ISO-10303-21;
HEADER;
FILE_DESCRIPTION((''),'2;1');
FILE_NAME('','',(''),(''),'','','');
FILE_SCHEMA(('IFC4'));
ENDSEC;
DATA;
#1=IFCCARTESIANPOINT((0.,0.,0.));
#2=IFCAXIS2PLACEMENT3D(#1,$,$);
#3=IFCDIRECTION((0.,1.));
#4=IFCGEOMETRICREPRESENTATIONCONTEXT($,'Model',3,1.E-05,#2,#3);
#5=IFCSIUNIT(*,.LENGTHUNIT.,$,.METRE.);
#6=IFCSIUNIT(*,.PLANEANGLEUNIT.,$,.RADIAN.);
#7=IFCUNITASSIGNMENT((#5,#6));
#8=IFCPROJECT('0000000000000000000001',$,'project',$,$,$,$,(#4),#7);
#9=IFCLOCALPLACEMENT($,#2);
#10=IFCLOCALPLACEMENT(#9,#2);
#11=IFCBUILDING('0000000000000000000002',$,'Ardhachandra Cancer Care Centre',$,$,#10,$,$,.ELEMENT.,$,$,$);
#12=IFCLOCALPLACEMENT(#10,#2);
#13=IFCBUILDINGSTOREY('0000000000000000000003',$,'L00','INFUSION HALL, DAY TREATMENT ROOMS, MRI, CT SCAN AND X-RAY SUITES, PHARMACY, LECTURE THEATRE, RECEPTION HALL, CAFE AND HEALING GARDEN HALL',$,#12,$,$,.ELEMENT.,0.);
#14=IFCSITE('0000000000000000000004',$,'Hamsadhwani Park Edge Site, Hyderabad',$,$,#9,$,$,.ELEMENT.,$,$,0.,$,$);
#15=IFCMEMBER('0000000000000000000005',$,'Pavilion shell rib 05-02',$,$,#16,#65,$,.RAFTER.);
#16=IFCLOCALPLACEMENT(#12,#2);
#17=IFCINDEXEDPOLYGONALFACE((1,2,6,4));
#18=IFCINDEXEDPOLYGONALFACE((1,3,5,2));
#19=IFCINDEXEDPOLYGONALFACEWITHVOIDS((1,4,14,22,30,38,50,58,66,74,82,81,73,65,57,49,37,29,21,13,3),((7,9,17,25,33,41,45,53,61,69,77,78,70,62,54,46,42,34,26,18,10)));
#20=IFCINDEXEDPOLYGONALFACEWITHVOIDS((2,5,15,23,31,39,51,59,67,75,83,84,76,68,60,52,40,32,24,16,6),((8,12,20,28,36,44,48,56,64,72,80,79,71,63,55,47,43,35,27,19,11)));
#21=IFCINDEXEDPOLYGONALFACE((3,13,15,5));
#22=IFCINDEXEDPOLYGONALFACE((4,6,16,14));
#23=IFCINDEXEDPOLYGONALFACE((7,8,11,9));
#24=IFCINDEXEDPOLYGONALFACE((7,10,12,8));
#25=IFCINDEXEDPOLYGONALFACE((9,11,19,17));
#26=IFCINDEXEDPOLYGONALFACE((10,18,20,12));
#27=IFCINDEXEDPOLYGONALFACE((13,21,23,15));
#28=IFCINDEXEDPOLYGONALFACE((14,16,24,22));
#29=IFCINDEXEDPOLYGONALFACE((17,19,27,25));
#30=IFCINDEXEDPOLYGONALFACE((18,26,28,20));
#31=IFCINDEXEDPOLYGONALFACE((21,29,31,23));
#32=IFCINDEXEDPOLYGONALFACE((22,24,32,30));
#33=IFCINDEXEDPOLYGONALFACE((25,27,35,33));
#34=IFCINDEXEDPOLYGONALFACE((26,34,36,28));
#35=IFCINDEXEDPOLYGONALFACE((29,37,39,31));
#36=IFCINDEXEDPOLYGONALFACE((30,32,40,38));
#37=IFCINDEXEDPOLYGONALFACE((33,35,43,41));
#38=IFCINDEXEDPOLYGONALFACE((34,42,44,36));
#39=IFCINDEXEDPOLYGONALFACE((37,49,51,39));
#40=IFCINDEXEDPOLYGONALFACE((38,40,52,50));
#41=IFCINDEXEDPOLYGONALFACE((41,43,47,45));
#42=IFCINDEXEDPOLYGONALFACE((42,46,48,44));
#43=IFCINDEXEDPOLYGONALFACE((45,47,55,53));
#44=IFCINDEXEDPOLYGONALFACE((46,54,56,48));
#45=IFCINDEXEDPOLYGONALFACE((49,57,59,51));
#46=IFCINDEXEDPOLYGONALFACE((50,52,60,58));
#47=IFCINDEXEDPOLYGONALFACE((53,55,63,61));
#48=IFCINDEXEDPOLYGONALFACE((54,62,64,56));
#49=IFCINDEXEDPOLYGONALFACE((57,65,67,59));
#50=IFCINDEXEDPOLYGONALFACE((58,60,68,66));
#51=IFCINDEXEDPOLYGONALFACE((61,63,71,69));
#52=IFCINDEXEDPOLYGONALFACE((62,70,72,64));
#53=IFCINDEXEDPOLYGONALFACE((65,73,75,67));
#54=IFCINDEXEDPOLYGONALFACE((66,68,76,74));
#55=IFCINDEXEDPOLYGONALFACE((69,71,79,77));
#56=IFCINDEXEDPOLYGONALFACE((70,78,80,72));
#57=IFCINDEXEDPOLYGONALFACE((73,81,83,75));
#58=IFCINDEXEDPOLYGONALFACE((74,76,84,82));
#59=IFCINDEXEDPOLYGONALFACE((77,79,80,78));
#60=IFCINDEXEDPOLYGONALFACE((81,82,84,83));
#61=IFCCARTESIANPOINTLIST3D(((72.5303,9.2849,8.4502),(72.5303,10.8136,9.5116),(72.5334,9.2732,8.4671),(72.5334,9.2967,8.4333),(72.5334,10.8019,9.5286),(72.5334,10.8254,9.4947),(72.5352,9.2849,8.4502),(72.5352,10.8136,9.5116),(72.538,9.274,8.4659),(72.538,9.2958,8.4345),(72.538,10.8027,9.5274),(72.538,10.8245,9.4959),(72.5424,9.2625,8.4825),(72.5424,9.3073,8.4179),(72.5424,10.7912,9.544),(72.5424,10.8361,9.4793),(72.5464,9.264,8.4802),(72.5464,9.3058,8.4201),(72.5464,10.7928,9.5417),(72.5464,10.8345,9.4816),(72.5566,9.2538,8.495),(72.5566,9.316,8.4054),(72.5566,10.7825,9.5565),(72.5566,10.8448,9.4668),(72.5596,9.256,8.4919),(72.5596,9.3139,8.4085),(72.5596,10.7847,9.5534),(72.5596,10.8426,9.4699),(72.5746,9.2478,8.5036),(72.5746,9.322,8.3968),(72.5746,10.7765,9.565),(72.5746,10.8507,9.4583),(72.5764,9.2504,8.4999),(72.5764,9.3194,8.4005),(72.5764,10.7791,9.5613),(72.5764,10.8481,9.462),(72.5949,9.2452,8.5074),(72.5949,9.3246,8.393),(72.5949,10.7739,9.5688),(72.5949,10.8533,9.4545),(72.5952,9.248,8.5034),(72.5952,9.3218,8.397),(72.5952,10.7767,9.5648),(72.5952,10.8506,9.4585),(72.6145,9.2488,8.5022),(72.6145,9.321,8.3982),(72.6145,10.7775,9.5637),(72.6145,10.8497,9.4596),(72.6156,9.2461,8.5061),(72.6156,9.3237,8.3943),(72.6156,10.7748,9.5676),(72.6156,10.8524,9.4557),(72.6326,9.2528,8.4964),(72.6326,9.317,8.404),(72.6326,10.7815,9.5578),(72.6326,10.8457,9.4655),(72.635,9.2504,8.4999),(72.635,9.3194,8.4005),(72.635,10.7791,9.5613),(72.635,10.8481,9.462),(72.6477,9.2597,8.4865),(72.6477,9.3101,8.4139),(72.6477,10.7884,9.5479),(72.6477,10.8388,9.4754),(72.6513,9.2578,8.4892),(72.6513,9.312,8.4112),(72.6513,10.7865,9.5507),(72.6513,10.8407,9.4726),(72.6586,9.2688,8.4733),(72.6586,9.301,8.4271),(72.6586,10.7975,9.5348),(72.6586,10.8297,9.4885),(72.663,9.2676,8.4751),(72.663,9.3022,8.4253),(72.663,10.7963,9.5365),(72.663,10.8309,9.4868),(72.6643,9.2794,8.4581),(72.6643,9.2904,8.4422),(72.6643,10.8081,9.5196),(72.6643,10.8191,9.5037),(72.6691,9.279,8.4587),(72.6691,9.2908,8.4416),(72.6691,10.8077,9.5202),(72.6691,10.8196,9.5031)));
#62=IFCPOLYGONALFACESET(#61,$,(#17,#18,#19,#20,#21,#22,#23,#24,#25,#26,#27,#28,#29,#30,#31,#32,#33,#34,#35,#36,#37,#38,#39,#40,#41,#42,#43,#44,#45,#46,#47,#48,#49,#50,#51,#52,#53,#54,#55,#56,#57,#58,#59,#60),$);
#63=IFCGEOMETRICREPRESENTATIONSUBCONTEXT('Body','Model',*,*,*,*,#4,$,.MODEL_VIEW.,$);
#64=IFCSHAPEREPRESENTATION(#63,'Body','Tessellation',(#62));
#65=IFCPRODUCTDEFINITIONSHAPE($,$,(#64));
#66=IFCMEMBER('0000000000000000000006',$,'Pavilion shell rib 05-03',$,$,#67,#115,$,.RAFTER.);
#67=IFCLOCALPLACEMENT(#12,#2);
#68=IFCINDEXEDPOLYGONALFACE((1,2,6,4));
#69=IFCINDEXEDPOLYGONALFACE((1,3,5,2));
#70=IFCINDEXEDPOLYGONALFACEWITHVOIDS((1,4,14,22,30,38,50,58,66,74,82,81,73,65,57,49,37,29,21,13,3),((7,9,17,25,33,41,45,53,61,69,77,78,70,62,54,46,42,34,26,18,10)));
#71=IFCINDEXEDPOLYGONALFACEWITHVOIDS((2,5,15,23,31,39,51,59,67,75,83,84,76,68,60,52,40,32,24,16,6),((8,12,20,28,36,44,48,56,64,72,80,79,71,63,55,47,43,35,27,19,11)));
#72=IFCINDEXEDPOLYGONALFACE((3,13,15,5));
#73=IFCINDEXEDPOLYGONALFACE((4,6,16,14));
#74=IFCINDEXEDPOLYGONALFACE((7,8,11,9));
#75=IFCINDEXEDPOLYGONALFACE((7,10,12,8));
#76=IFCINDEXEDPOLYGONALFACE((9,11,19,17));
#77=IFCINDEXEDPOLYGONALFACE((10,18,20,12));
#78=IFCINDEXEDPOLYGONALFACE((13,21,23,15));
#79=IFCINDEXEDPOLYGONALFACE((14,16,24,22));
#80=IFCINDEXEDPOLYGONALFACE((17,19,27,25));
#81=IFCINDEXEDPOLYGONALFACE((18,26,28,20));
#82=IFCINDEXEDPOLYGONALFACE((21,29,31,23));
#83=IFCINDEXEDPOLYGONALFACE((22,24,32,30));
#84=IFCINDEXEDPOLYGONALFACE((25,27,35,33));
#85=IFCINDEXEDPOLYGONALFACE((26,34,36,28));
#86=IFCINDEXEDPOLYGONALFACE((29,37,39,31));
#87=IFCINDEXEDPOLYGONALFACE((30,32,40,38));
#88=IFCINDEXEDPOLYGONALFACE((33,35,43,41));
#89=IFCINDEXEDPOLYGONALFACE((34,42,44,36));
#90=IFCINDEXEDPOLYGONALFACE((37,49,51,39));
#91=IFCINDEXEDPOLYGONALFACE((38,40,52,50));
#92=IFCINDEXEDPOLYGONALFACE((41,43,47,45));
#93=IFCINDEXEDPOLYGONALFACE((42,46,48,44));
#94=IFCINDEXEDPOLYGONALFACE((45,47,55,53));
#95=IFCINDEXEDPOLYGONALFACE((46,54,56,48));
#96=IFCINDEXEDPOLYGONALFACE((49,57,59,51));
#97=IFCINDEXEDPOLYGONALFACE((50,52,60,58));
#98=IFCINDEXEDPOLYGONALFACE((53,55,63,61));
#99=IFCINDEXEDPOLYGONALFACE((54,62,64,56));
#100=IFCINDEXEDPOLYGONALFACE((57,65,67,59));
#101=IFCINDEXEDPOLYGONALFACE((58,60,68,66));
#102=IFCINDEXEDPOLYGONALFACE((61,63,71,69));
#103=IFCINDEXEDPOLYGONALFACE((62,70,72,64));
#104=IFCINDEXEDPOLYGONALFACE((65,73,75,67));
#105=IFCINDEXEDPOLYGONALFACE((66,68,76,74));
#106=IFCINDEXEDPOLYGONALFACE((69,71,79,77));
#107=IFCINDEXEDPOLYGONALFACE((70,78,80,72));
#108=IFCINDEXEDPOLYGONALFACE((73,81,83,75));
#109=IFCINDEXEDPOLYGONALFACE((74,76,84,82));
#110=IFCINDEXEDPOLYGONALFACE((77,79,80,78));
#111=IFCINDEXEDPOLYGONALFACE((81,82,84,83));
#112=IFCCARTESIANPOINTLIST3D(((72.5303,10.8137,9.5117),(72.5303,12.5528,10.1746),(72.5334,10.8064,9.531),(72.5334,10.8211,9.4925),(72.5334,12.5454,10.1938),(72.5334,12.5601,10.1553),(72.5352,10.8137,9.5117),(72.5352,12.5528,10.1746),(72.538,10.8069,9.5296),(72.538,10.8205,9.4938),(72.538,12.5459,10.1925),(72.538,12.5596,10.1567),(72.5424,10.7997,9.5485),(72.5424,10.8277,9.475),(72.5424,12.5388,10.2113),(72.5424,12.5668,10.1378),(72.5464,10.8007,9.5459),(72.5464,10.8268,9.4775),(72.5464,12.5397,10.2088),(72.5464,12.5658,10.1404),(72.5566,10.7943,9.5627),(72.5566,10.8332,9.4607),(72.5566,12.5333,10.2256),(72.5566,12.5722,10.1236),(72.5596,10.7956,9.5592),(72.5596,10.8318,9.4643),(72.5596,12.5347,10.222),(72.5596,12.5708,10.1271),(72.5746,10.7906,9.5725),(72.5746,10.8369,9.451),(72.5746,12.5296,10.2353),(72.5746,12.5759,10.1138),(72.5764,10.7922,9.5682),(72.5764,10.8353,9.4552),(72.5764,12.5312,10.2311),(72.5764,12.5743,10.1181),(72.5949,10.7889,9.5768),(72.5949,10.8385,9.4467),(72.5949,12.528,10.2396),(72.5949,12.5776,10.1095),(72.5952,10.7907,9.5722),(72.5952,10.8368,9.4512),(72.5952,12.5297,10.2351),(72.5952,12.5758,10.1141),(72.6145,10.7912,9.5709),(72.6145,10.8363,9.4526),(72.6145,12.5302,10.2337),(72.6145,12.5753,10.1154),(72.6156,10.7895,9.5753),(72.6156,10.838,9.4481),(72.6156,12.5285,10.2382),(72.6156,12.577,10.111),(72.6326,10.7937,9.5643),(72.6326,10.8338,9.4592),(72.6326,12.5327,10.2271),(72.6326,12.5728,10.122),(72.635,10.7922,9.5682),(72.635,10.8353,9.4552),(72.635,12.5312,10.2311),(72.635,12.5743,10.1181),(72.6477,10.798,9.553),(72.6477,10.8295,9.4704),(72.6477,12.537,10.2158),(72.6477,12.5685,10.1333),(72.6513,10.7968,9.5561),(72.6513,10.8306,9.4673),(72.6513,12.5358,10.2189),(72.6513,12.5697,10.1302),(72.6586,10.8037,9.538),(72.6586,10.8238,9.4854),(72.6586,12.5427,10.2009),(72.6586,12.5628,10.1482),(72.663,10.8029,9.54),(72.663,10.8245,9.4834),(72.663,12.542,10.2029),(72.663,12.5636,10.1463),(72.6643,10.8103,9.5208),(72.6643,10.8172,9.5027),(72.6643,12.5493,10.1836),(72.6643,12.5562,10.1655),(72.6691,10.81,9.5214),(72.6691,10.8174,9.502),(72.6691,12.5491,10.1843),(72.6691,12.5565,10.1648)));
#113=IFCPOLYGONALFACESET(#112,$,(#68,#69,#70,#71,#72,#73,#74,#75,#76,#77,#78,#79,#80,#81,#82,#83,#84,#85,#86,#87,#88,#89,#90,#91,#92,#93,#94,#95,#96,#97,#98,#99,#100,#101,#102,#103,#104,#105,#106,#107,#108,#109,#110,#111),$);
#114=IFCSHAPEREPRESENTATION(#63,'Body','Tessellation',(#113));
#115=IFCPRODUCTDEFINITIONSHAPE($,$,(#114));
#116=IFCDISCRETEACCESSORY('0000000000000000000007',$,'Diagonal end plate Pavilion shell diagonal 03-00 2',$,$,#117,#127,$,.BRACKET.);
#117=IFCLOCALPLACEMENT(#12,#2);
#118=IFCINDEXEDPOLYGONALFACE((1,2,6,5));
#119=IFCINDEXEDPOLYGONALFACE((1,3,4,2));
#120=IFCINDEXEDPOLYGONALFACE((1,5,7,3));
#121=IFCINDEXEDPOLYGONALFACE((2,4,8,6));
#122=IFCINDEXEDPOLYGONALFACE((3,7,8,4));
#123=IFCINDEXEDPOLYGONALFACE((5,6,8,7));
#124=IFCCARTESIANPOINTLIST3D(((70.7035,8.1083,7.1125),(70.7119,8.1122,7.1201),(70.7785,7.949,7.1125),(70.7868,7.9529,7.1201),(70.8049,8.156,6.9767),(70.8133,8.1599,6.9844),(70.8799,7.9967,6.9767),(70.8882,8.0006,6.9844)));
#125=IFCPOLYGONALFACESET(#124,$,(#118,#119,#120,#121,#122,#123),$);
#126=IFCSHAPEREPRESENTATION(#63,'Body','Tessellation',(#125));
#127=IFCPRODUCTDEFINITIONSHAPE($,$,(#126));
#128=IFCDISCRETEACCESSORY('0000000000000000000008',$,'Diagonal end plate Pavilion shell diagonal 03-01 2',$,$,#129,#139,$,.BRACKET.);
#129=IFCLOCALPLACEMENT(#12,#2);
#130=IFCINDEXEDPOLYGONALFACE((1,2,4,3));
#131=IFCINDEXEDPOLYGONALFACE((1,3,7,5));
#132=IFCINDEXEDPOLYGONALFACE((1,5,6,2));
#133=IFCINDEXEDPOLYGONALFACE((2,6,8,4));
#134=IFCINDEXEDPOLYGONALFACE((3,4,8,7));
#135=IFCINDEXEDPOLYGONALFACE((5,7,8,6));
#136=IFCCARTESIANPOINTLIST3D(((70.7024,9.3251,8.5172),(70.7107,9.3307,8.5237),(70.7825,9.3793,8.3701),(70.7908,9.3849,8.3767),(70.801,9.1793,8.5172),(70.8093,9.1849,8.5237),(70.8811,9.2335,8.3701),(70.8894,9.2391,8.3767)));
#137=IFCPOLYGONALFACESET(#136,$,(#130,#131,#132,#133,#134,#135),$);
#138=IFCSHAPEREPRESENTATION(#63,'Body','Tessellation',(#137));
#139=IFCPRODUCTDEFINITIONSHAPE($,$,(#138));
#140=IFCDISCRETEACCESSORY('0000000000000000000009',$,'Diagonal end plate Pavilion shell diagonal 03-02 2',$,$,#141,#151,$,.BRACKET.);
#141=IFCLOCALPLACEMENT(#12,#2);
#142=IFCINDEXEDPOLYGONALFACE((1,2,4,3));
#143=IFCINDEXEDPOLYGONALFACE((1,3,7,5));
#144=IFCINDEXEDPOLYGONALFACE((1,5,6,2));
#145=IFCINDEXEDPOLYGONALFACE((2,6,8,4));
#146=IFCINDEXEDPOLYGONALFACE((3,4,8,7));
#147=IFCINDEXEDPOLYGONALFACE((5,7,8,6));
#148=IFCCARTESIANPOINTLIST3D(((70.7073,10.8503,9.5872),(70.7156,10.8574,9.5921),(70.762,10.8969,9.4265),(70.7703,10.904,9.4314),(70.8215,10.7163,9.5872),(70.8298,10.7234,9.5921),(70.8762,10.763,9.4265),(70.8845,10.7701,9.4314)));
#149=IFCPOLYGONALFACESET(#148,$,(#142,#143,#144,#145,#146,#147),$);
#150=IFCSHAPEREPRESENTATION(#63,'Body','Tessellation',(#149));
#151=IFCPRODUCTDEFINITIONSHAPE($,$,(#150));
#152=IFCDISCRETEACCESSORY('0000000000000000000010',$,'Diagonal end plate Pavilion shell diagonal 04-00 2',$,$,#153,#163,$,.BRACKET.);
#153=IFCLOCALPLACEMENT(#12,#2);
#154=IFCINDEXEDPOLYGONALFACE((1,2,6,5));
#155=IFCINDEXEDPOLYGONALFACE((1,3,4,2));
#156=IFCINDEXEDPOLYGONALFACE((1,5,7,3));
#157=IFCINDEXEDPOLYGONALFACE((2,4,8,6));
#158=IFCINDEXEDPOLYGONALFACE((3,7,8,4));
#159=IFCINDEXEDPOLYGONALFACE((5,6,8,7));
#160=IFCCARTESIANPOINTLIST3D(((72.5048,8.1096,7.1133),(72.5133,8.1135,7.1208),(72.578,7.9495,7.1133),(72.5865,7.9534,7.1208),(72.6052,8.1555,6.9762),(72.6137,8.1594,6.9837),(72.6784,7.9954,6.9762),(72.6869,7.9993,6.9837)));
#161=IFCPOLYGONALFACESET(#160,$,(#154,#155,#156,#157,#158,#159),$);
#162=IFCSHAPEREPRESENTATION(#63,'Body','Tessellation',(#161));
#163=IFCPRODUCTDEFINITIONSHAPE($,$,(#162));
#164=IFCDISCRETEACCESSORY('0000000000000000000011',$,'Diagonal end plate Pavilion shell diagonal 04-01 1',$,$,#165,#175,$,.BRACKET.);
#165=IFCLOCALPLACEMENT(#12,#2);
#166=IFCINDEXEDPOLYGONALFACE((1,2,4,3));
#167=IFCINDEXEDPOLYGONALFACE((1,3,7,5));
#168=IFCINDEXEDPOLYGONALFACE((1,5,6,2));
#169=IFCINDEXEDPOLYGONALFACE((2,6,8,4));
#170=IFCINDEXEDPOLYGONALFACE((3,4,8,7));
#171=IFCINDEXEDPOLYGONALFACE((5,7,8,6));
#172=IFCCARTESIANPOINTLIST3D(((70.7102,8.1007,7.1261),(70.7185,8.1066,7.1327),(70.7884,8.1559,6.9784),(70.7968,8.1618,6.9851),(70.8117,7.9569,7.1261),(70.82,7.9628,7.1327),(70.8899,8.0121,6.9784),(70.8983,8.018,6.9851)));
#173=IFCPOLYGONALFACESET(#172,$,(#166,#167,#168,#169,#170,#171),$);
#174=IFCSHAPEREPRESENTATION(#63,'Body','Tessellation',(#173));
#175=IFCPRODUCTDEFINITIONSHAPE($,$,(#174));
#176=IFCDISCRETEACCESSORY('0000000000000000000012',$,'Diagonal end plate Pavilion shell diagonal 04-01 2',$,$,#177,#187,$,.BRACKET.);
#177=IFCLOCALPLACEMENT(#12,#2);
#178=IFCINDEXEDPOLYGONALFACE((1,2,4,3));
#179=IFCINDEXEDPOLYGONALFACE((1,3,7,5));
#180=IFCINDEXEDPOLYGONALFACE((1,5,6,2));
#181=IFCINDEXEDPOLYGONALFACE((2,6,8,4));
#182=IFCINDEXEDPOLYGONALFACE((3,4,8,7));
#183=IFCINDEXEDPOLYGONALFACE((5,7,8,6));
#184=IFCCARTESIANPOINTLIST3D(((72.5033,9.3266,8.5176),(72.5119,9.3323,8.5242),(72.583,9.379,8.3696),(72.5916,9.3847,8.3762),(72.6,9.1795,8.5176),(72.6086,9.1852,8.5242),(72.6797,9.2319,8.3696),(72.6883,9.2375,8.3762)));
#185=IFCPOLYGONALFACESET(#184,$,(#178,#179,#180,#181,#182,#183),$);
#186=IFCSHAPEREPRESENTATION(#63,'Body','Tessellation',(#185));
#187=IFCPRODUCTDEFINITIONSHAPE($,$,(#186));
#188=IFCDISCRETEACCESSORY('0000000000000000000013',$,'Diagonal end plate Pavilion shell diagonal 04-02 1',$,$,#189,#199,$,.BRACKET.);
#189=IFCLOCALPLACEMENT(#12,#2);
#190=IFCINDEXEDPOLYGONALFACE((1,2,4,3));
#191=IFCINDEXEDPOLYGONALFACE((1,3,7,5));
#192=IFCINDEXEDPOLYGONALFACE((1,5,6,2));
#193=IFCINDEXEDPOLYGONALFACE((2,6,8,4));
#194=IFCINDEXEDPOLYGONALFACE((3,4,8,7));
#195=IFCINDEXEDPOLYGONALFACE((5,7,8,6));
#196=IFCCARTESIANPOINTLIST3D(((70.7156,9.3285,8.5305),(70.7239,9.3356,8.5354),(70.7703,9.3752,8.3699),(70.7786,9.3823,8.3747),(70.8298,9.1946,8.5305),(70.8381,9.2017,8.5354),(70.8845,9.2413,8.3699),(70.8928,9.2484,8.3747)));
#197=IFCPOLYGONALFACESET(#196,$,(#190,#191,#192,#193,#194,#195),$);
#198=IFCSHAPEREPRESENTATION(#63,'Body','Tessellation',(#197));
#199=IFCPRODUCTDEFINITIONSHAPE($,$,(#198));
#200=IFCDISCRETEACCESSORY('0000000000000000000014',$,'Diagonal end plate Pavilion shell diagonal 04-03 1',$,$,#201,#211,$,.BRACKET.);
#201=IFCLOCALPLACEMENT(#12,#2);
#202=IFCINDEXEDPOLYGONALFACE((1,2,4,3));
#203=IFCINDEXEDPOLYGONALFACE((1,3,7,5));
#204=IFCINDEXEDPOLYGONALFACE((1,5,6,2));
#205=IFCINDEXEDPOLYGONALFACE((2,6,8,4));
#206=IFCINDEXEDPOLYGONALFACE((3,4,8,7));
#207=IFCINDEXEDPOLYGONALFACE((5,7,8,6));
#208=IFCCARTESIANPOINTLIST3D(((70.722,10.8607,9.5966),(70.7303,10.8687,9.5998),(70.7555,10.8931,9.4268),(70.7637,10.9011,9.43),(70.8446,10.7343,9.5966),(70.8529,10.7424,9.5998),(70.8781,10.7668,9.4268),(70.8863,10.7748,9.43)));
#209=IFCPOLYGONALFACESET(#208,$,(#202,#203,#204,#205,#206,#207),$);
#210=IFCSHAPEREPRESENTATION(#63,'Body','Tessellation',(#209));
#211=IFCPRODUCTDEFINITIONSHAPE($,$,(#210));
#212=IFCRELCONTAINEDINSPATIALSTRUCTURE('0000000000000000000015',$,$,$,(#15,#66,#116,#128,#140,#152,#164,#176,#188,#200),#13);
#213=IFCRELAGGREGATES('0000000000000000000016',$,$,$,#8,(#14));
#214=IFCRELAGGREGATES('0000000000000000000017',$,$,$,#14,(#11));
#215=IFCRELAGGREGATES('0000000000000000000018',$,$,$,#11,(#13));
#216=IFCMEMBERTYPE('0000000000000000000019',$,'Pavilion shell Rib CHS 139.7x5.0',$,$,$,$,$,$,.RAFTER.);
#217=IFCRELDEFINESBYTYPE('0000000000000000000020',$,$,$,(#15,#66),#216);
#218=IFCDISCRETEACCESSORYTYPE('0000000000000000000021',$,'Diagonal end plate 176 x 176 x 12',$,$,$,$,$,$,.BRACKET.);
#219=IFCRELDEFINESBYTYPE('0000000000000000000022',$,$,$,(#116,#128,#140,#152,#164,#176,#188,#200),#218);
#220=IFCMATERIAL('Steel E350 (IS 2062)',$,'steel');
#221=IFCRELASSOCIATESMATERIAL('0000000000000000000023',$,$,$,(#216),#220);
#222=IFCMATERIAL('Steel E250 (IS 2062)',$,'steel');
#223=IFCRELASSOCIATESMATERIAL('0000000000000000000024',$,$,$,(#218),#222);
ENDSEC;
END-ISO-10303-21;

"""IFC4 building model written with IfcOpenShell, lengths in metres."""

from ifc_helpers import new_model, si_unit, direction, frame, origin, origin_2d, place, context, subcontext, project, spatial, rectangle, hollow_circle, extrude, material, material_profile, profile_set, type_object, element, save


model = new_model("IFC4")

# Units and contexts
model_context = context("Model", 3, precision=1e-05, world=origin(), true_north=direction((0.0, 1.0)))
body_context = subcontext(model_context, "Body", "Model", "MODEL_VIEW")
ifc_project = project(units=[si_unit("LENGTHUNIT", "METRE"), si_unit("PLANEANGLEUNIT", "RADIAN")], contexts=[model_context])

# Site, building, storey
site_placement = place(None, origin())
site = spatial("IfcSite", under=ifc_project, at=site_placement, Name="Hamsadhwani Park Edge Site, Hyderabad", CompositionType="ELEMENT", RefElevation=0.0)
building_placement = place(site_placement, origin())
building = spatial("IfcBuilding", under=site, at=building_placement, Name="Ardhachandra Cancer Care Centre", CompositionType="ELEMENT")
storey_placement = place(building_placement, origin())
storey = spatial("IfcBuildingStorey", under=building, at=storey_placement, Name="L00", Description="INFUSION HALL, DAY TREATMENT ROOMS, MRI, CT SCAN AND X-RAY SUITES, PHARMACY, LECTURE THEATRE, RECEPTION HALL, CAFE AND HEALING GARDEN HALL", CompositionType="ELEMENT", Elevation=0.0)

# Members
ifc_material_1 = material(Name="Steel E350 (IS 2062)", Category="steel")
ifc_material_profile_1 = material_profile(ifc_material_1, hollow_circle(Radius=0.0698, WallThickness=0.0049, at=origin_2d()), Name="CHS 139.7x5.0")
ifc_profile_set_1 = profile_set([ifc_material_profile_1], Name="Steel E350 (IS 2062)")
member_type_1 = type_object("IfcMemberType", Name="Pavilion shell Rib CHS 139.7x5.0", PredefinedType="RAFTER", material=ifc_profile_set_1)
for number, where, z_axis, x_axis, name in (
    (1, (72.6001, 9.2849, 8.4502), (0.0, 0.821408, 0.570342), (-1.0, 0.0, 0.0), "Pavilion shell rib 05-02"),
    (2, (72.6001, 10.8137, 9.5117), (0.0, 0.934423, 0.356164), (-1.0, 0.0, 0.0), "Pavilion shell rib 05-03"),
):
    element("IfcMember", number, at=place(storey_placement, frame(where, z_axis=z_axis, x_axis=x_axis)), inside=storey, type_object=member_type_1, Name=name, PredefinedType="RAFTER", context=body_context, shape_type="SweptSolid", body=[
        extrude(hollow_circle(Radius=0.0698, WallThickness=0.0049, at=origin_2d()), origin(), (0.0, 0.0, 1.0), 1.8611),
    ])

# Discrete accessories
ifc_material_2 = material(Name="Steel E250 (IS 2062)", Category="steel")
ifc_material_profile_2 = material_profile(ifc_material_2, rectangle(XDim=0.176, YDim=0.176, at=origin_2d()), Name="PL 176x176x12")
ifc_profile_set_2 = profile_set([ifc_material_profile_2], Name="Steel E250 (IS 2062)")
discrete_accessory_type = type_object("IfcDiscreteAccessoryType", Name="Diagonal end plate 176 x 176 x 12", PredefinedType="BRACKET", material=ifc_profile_set_2)
for number, where, z_axis, x_axis, name in (
    (3, (70.8, 8.0564, 7.0522), (-0.697959, -0.328451, -0.636375), (0.425797, -0.904819, 0.0), "Diagonal end plate Pavilion shell diagonal 03-00 2"),
    (4, (70.8, 9.2849, 8.4502), (-0.692007, -0.468122, -0.549535), (0.560309, -0.828283, 0.0), "Diagonal end plate Pavilion shell diagonal 03-01 2"),
    (5, (70.8, 10.8137, 9.5117), (-0.694456, -0.59233, -0.408504), (0.648947, -0.760834, 0.0), "Diagonal end plate Pavilion shell diagonal 03-02 2"),
    (6, (72.6001, 8.0564, 7.0522), (-0.708264, -0.323778, -0.62732), (0.41576, -0.909474, 0.0), "Diagonal end plate Pavilion shell diagonal 04-00 2"),
):
    element("IfcDiscreteAccessory", number, at=place(storey_placement, frame(where, z_axis=z_axis, x_axis=x_axis)), inside=storey, type_object=discrete_accessory_type, Name=name, PredefinedType="BRACKET", context=body_context, shape_type="SweptSolid", body=[
        extrude(rectangle(XDim=0.176, YDim=0.176, at=origin_2d()), origin(), (0.0, 0.0, 1.0), 0.012),
    ])
for number, where, z_axis, x_axis, name in (
    (7, (70.8, 8.0564, 7.0522), (0.685367, 0.483788, 0.544262), (-0.576683, 0.816968, 0.0), "Diagonal end plate Pavilion shell diagonal 04-01 1"),
    (8, (72.6001, 9.2849, 8.4502), (-0.702392, -0.461572, -0.541845), (0.549178, -0.835705, 0.0), "Diagonal end plate Pavilion shell diagonal 04-01 2"),
):
    element("IfcDiscreteAccessory", number, at=place(storey_placement, frame(where, z_axis=z_axis, x_axis=x_axis)), inside=storey, type_object=discrete_accessory_type, Name=name, PredefinedType="BRACKET", context=body_context, shape_type="SweptSolid", body=[
        extrude(rectangle(XDim=0.176, YDim=0.176, at=origin_2d()), origin(), (0.0, 0.0, 1.0), 0.0122),
    ])
for number, where, z_axis, x_axis, name in (
    (9, (70.8, 9.2849, 8.4502), (0.694456, 0.59233, 0.408504), (-0.648947, 0.760834, 0.0), "Diagonal end plate Pavilion shell diagonal 04-02 1"),
    (10, (70.8, 10.8137, 9.5117), (0.692007, 0.671654, 0.264591), (-0.696475, 0.717581, 0.0), "Diagonal end plate Pavilion shell diagonal 04-03 1"),
):
    element("IfcDiscreteAccessory", number, at=place(storey_placement, frame(where, z_axis=z_axis, x_axis=x_axis)), inside=storey, type_object=discrete_accessory_type, Name=name, PredefinedType="BRACKET", context=body_context, shape_type="SweptSolid", body=[
        extrude(rectangle(XDim=0.176, YDim=0.176, at=origin_2d()), origin(), (0.0, 0.0, 1.0), 0.012),
    ])

save(model, "model.ifc")
